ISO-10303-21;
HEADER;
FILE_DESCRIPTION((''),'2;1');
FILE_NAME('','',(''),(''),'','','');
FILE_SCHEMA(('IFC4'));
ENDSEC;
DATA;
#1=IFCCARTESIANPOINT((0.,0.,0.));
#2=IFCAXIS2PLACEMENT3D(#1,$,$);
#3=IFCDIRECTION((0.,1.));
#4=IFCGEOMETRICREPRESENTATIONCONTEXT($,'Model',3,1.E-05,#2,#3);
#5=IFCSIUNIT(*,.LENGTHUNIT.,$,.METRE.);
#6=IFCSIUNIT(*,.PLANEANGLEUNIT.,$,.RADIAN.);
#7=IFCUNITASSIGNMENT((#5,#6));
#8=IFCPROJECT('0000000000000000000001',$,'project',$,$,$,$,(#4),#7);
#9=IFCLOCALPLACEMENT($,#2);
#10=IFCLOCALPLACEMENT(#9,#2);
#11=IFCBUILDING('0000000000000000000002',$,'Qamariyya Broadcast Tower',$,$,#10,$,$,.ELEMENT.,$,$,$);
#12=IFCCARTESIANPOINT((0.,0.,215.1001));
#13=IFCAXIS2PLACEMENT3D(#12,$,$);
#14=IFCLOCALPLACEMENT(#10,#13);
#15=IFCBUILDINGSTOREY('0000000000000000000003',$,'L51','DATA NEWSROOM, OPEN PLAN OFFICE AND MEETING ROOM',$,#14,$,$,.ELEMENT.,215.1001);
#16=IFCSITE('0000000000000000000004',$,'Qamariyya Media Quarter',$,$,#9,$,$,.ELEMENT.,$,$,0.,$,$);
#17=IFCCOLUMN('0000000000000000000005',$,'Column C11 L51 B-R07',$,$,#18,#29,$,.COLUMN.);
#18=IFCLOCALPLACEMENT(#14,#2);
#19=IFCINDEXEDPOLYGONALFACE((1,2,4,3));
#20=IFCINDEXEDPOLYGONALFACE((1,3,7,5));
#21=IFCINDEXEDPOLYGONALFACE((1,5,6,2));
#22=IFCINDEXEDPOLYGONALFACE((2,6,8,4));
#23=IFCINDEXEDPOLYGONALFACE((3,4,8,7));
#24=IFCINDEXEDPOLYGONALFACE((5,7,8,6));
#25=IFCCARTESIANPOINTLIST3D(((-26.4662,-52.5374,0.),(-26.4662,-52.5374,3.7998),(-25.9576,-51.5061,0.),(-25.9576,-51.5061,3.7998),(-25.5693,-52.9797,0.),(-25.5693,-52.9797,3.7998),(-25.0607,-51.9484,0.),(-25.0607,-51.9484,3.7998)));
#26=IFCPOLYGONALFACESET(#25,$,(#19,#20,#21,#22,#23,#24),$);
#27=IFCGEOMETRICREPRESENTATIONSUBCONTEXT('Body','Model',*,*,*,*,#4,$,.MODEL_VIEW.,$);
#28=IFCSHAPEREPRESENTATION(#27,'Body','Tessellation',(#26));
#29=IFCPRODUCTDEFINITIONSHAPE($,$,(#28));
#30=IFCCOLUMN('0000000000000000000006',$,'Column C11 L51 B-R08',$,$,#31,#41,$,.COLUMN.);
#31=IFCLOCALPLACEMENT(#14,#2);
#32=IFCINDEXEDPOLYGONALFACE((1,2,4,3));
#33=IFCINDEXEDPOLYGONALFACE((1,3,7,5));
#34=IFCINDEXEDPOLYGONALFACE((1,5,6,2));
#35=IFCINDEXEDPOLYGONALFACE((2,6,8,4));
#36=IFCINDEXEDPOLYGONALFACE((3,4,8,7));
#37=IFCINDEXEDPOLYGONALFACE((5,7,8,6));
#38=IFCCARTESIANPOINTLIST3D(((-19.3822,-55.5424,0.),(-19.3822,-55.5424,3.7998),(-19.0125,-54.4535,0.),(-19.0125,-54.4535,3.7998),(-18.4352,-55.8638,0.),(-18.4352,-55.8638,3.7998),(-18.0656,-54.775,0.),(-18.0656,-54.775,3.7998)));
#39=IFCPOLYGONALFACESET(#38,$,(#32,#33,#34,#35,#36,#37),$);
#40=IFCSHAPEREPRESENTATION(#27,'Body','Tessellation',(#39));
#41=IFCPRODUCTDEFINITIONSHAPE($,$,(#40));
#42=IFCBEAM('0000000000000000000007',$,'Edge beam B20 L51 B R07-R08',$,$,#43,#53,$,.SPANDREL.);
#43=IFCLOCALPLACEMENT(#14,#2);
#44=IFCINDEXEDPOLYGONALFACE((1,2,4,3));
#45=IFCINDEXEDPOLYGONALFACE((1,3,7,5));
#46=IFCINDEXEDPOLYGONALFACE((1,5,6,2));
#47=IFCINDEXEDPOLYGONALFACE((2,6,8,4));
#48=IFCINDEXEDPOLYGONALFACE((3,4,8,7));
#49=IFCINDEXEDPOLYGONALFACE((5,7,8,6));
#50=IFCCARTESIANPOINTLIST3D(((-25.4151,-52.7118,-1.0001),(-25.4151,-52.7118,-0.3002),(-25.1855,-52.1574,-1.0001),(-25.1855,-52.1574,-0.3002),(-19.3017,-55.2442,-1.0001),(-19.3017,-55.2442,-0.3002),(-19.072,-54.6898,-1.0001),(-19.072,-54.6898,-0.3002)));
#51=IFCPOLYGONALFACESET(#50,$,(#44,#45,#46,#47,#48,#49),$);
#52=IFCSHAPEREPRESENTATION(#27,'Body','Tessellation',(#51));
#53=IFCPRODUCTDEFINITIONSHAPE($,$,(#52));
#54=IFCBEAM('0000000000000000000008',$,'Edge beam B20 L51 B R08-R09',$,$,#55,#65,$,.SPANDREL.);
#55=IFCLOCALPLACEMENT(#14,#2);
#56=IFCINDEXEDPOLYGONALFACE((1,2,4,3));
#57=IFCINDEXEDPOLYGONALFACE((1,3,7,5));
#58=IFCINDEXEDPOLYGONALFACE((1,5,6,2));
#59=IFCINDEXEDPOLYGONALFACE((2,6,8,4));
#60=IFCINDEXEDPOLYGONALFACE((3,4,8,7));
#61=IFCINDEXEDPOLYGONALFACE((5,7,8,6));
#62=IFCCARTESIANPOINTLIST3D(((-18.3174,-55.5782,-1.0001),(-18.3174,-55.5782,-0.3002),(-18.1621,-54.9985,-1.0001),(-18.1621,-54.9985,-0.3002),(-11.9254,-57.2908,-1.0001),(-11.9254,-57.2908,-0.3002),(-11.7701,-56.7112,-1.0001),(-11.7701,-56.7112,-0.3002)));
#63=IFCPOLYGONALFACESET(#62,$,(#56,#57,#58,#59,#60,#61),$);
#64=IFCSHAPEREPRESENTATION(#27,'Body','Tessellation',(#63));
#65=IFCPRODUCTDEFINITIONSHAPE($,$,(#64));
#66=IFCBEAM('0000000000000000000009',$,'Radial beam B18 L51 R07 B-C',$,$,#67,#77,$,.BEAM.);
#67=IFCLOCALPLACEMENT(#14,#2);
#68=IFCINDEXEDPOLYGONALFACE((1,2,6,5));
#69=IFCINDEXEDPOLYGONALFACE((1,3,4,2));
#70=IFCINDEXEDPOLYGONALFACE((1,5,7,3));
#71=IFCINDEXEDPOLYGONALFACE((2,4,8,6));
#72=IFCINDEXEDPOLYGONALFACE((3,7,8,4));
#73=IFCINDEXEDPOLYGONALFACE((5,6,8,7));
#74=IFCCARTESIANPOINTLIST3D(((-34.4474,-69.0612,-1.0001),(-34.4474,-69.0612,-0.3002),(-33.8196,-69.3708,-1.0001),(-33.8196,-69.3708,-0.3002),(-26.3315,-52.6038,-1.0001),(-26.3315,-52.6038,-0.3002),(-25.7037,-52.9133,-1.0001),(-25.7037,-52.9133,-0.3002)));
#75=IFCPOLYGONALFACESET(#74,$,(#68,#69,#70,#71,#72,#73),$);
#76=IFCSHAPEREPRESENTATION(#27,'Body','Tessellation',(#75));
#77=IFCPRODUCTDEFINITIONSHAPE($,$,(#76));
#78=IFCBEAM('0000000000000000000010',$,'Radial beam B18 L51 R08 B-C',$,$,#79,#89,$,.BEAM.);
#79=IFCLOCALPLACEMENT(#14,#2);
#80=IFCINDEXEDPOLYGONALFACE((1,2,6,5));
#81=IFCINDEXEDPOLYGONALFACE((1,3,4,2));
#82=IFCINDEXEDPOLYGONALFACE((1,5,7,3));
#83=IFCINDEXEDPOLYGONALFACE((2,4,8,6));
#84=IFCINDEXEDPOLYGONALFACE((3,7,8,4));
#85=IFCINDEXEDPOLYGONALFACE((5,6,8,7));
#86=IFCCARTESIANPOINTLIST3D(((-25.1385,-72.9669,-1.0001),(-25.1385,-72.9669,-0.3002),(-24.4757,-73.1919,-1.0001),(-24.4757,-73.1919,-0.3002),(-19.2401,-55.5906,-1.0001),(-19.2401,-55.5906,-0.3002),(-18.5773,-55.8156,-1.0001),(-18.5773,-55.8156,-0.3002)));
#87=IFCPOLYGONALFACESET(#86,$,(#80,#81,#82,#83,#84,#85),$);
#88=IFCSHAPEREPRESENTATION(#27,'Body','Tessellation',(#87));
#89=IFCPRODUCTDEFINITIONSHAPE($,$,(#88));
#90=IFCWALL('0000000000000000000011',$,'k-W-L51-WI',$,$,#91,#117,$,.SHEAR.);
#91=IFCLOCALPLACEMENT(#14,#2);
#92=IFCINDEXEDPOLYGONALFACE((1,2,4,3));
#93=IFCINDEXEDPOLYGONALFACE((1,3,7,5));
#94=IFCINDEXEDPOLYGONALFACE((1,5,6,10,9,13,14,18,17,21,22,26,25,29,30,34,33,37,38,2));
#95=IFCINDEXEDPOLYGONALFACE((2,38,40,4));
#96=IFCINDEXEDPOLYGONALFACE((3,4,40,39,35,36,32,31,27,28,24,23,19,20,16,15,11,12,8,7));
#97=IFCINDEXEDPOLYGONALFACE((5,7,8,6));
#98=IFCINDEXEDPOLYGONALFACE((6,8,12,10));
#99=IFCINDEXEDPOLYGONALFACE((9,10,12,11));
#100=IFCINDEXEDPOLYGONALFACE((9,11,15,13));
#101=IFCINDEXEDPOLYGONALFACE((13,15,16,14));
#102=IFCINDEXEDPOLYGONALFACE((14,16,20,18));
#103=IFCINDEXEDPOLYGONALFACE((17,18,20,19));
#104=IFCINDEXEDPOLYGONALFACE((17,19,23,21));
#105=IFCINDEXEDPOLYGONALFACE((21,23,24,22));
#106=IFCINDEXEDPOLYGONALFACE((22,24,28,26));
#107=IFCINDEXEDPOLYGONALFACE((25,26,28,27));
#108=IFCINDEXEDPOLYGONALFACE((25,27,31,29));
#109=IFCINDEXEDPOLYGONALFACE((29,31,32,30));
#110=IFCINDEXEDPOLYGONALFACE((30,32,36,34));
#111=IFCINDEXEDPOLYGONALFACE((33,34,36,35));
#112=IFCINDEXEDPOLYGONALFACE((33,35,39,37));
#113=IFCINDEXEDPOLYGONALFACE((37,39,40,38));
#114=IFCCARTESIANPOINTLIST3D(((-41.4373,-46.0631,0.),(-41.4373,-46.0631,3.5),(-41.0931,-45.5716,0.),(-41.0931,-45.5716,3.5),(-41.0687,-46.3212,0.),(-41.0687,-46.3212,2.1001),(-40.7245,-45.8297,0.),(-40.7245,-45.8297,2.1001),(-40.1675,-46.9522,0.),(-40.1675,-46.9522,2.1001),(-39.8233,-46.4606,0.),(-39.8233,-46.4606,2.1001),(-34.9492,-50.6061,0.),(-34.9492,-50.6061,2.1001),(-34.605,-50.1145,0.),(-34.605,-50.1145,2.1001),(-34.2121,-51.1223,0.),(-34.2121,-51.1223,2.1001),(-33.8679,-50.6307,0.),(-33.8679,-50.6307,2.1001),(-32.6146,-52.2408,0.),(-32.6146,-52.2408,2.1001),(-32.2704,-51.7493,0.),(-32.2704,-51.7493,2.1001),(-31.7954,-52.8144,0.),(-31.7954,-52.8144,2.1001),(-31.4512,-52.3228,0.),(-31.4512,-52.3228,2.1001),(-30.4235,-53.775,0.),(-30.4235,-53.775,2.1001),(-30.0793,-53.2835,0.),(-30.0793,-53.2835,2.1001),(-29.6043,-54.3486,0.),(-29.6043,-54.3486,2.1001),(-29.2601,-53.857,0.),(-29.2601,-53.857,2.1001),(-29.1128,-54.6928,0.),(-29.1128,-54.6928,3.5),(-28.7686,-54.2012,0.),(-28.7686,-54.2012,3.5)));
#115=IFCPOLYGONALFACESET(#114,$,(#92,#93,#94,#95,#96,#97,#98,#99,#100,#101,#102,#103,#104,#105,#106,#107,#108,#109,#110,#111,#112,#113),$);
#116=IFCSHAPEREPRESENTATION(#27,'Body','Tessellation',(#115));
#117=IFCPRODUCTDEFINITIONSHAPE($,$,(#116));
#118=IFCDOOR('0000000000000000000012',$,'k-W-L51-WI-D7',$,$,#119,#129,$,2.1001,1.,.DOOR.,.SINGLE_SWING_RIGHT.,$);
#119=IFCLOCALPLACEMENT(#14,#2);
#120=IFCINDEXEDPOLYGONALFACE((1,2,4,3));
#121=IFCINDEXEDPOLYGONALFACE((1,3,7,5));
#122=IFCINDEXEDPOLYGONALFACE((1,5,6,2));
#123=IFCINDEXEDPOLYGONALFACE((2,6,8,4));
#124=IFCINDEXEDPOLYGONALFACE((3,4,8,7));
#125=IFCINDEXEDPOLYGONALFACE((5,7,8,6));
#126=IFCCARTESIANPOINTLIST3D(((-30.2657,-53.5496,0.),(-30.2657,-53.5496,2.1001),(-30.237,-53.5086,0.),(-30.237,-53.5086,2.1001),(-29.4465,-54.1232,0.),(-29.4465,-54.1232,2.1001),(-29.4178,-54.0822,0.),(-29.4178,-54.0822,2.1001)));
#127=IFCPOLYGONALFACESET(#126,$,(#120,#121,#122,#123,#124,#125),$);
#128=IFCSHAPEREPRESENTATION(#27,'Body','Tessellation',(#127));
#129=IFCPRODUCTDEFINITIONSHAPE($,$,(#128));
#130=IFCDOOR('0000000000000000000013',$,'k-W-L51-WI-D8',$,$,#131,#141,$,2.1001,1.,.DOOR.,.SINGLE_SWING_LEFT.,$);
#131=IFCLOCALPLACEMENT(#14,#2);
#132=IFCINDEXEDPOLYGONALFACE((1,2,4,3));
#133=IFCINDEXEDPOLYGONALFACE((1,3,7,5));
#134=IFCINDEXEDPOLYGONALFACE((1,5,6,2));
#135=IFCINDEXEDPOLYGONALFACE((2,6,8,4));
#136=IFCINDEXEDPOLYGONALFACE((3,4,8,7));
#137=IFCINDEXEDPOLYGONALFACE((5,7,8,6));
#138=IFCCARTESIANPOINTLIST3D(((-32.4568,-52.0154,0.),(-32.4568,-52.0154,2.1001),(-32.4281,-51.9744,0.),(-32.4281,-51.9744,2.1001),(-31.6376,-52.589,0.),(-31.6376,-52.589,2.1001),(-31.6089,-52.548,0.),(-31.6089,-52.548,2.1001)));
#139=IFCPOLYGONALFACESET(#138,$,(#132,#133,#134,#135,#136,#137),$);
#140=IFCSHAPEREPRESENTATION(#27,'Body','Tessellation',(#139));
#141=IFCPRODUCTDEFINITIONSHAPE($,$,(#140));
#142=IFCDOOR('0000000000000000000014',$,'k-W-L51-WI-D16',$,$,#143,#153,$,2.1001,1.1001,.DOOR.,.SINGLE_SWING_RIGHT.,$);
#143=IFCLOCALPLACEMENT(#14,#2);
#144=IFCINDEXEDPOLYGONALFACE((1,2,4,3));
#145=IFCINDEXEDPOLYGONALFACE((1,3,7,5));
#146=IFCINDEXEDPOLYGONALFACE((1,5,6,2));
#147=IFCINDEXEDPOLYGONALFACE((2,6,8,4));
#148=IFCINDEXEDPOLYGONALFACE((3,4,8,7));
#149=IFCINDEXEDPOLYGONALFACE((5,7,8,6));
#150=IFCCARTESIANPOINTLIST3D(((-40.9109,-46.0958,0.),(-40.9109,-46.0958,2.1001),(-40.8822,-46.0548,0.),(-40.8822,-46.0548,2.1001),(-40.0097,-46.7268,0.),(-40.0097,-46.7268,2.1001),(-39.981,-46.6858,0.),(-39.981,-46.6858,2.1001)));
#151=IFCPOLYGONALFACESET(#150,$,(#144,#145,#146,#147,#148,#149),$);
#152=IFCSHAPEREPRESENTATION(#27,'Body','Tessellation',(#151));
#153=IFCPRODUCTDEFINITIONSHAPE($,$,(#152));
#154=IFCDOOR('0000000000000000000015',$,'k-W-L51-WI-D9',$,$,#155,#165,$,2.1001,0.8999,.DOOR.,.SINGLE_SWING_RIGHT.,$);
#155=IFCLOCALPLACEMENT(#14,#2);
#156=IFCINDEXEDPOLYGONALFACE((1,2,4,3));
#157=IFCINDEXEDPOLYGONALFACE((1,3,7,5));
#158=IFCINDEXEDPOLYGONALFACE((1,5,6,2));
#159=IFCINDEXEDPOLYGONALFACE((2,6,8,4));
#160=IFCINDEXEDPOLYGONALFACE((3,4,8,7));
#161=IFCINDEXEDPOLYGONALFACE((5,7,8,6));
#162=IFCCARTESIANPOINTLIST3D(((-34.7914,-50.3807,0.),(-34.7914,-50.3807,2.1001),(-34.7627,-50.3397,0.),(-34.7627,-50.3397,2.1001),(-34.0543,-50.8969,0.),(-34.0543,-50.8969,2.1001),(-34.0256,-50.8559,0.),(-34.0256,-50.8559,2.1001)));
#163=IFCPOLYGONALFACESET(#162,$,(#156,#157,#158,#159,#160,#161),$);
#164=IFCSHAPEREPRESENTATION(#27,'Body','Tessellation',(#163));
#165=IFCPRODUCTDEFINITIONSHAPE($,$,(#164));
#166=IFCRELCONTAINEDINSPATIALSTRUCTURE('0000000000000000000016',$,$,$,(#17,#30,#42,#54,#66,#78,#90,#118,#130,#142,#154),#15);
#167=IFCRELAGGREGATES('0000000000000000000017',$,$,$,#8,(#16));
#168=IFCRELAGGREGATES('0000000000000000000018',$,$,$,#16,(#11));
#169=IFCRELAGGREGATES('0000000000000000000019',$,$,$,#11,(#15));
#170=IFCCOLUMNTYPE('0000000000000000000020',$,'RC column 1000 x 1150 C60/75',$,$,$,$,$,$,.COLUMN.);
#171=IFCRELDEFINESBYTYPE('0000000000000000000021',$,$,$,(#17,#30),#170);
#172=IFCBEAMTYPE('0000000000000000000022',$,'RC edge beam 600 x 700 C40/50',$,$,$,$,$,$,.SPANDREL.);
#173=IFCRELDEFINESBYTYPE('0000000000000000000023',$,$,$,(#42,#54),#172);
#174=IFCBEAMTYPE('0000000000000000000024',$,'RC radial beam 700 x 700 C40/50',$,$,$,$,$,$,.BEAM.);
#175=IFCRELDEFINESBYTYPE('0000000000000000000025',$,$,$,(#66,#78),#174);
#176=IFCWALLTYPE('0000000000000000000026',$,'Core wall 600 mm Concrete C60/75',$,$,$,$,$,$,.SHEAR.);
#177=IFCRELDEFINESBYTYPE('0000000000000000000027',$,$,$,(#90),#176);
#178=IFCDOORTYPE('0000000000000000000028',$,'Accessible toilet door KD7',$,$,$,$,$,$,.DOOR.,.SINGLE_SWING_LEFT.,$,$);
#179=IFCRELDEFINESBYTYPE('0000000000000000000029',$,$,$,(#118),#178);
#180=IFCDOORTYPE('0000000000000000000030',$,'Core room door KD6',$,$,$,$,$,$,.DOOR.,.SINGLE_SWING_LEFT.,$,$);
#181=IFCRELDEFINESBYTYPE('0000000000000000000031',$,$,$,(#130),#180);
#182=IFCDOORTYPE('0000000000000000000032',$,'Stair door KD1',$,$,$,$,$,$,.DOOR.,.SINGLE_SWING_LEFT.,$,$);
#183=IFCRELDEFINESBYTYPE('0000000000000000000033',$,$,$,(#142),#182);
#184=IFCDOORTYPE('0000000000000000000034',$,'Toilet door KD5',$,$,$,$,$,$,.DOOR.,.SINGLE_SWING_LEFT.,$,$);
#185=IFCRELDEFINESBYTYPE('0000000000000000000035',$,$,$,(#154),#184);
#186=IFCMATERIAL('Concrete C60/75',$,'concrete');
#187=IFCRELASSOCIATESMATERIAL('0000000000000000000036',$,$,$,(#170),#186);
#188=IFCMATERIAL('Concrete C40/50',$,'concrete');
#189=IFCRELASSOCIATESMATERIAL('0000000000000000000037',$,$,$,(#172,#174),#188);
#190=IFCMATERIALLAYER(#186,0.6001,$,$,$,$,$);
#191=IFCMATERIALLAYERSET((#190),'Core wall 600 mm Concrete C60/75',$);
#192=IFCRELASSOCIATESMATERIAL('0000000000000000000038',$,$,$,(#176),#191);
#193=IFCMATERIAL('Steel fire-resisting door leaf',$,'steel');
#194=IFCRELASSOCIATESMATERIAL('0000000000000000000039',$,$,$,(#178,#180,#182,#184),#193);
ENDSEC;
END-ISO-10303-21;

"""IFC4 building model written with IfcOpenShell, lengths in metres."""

from ifc_helpers import new_model, si_unit, direction, frame, frame_2d, origin, origin_2d, place, context, subcontext, project, spatial, rectangle, extrude, material, layer, layer_set, material_profile, profile_set, type_object, element, fill, save


model = new_model("IFC4")

# Units and contexts
model_context = context("Model", 3, precision=1e-05, world=origin(), true_north=direction((0.0, 1.0)))
body_context = subcontext(model_context, "Body", "Model", "MODEL_VIEW")
ifc_project = project(units=[si_unit("LENGTHUNIT", "METRE"), si_unit("PLANEANGLEUNIT", "RADIAN")], contexts=[model_context])

# Site, building, storey
site_placement = place(None, origin())
site = spatial("IfcSite", under=ifc_project, at=site_placement, Name="Qamariyya Media Quarter", CompositionType="ELEMENT", RefElevation=0.0)
building_placement = place(site_placement, origin())
building = spatial("IfcBuilding", under=site, at=building_placement, Name="Qamariyya Broadcast Tower", CompositionType="ELEMENT")
storey_placement = place(building_placement, frame((0.0, 0.0, 215.1001)))
storey = spatial("IfcBuildingStorey", under=building, at=storey_placement, Name="L51", Description="DATA NEWSROOM, OPEN PLAN OFFICE AND MEETING ROOM", CompositionType="ELEMENT", Elevation=215.1001)

# Columns
ifc_material_1 = material(Name="Concrete C60/75", Category="concrete")
ifc_material_profile_1 = material_profile(ifc_material_1, rectangle(XDim=1.0, YDim=1.1499, at=origin_2d()))
ifc_profile_set_1 = profile_set([ifc_material_profile_1], Name="Concrete C60/75")
column_type = type_object("IfcColumnType", Name="RC column 1000 x 1150 C60/75", PredefinedType="COLUMN", material=ifc_profile_set_1)
for number, where, z_axis, x_axis, name in (
    (1, (-25.7634, -52.2429, 0.0), (0.0, 0.0, 1.0), (0.896873, -0.442289, 0.0), "Column C11 L51 B-R07"),
    (2, (-18.7239, -55.1587, 0.0), (0.0, 0.0, 1.0), (0.94693, -0.321439, 0.0), "Column C11 L51 B-R08"),
):
    element("IfcColumn", number, at=place(storey_placement, frame(where, z_axis=z_axis, x_axis=x_axis)), inside=storey, type_object=column_type, Name=name, PredefinedType="COLUMN", context=body_context, shape_type="SweptSolid", body=[
        extrude(rectangle(XDim=1.0, YDim=1.1499, at=origin_2d()), origin(), (0.0, 0.0, 1.0), 3.7998),
    ])

# Beams
ifc_material_2 = material(Name="Concrete C40/50", Category="concrete")
ifc_material_profile_2 = material_profile(ifc_material_2, rectangle(XDim=0.6001, YDim=0.7, at=origin_2d()))
ifc_profile_set_2 = profile_set([ifc_material_profile_2], Name="Concrete C40/50")
beam_type_1 = type_object("IfcBeamType", Name="RC edge beam 600 x 700 C40/50", PredefinedType="SPANDREL", material=ifc_profile_set_2)
beam_1_placement = place(storey_placement, frame((-25.3003, -52.4346, -0.6501), z_axis=(0.923871, -0.382705, 0.0), x_axis=(0.382705, 0.923871, 0.0)))
element("IfcBeam", 3, at=beam_1_placement, inside=storey, type_object=beam_type_1, Name="Edge beam B20 L51 B R07-R08", PredefinedType="SPANDREL", context=body_context, shape_type="SweptSolid", body=[
    extrude(rectangle(XDim=0.6001, YDim=0.7, at=origin_2d()), origin(), (0.0, 0.0, 1.0), 6.6172),
])
beam_2_placement = place(storey_placement, frame((-18.2397, -55.2883, -0.6501), z_axis=(0.965927, -0.258813, 0.0), x_axis=(0.258813, 0.965927, 0.0)))
element("IfcBeam", 4, at=beam_2_placement, inside=storey, type_object=beam_type_1, Name="Edge beam B20 L51 B R08-R09", PredefinedType="SPANDREL", context=body_context, shape_type="SweptSolid", body=[
    extrude(rectangle(XDim=0.6001, YDim=0.7, at=origin_2d()), origin(), (0.0, 0.0, 1.0), 6.6174),
])
ifc_material_profile_3 = material_profile(ifc_material_2, rectangle(XDim=0.7, YDim=0.7, at=origin_2d()))
ifc_profile_set_3 = profile_set([ifc_material_profile_3], Name="Concrete C40/50")
beam_type_2 = type_object("IfcBeamType", Name="RC radial beam 700 x 700 C40/50", PredefinedType="BEAM", material=ifc_profile_set_3)
beam_3_placement = place(storey_placement, frame((-26.0176, -52.7585, -0.6501), z_axis=(-0.442289, -0.896872, 0.0), x_axis=(0.896872, -0.442289, 0.0)))
element("IfcBeam", 5, at=beam_3_placement, inside=storey, type_object=beam_type_2, Name="Radial beam B18 L51 R07 B-C", PredefinedType="BEAM", context=body_context, shape_type="SweptSolid", body=[
    extrude(rectangle(XDim=0.7, YDim=0.7, at=origin_2d()), origin(), (0.0, 0.0, 1.0), 18.3499),
])
beam_4_placement = place(storey_placement, frame((-18.9087, -55.7031, -0.6501), z_axis=(-0.32144, -0.94693, 0.0), x_axis=(0.94693, -0.32144, 0.0)))
element("IfcBeam", 6, at=beam_4_placement, inside=storey, type_object=beam_type_2, Name="Radial beam B18 L51 R08 B-C", PredefinedType="BEAM", context=body_context, shape_type="SweptSolid", body=[
    extrude(rectangle(XDim=0.7, YDim=0.7, at=origin_2d()), origin(), (0.0, 0.0, 1.0), 18.3501),
])

# Wall, openings, doors
ifc_layer_1 = layer(ifc_material_1, 0.6001)
ifc_layer_set_1 = layer_set([ifc_layer_1], Name="Core wall 600 mm Concrete C60/75")
wall_type_1 = type_object("IfcWallType", Name="Core wall 600 mm Concrete C60/75", PredefinedType="SHEAR", material=ifc_layer_set_1)
wall_1_placement = place(storey_placement, frame((-28.9407, -54.447, 0.0), z_axis=(0.0, 0.0, 1.0), x_axis=(-0.819153, 0.573575, 0.0)))
wall_1 = element("IfcWall", 7, at=wall_1_placement, inside=storey, type_object=wall_type_1, Name="k-W-L51-WI", PredefinedType="SHEAR", context=body_context, shape_type="SweptSolid", body=[
    extrude(rectangle(XDim=15.0454, YDim=0.6001, at=frame_2d((7.5227, 0.0))), origin(), (0.0, 0.0, 1.0), 3.5),
])
opening_1_placement = place(wall_1_placement, frame((0.6001, 0.0, 0.0)))
opening_1 = element("IfcOpeningElement", 8, at=opening_1_placement, cuts=wall_1, PredefinedType="OPENING", context=body_context, shape_type="SweptSolid", body=[
    extrude(rectangle(XDim=1.0, YDim=2.1001, at=frame_2d((0.5, 1.05))), frame((0.0, 0.3101, 0.0), z_axis=(0.0, -1.0, 0.0), x_axis=(1.0, 0.0, 0.0)), (0.0, 0.0, 1.0), 0.6201),
])
opening_2_placement = place(wall_1_placement, frame((3.2749, 0.0, 0.0)))
opening_2 = element("IfcOpeningElement", 9, at=opening_2_placement, cuts=wall_1, PredefinedType="OPENING", context=body_context, shape_type="SweptSolid", body=[
    extrude(rectangle(XDim=1.0, YDim=2.1001, at=frame_2d((0.5, 1.05))), frame((0.0, 0.3101, 0.0), z_axis=(0.0, -1.0, 0.0), x_axis=(1.0, 0.0, 0.0)), (0.0, 0.0, 1.0), 0.6201),
])
opening_3_placement = place(wall_1_placement, frame((6.2251, 0.0, 0.0)))
opening_3 = element("IfcOpeningElement", 10, at=opening_3_placement, cuts=wall_1, PredefinedType="OPENING", context=body_context, shape_type="SweptSolid", body=[
    extrude(rectangle(XDim=0.8999, YDim=2.1001, at=frame_2d((0.45, 1.05))), frame((0.0, 0.3101, 0.0), z_axis=(0.0, -1.0, 0.0), x_axis=(1.0, 0.0, 0.0)), (0.0, 0.0, 1.0), 0.6201),
])
opening_4_placement = place(wall_1_placement, frame((13.4954, 0.0, 0.0)))
opening_4 = element("IfcOpeningElement", 11, at=opening_4_placement, cuts=wall_1, PredefinedType="OPENING", context=body_context, shape_type="SweptSolid", body=[
    extrude(rectangle(XDim=1.1001, YDim=2.1001, at=frame_2d((0.55, 1.05))), frame((0.0, 0.3101, 0.0), z_axis=(0.0, -1.0, 0.0), x_axis=(1.0, 0.0, 0.0)), (0.0, 0.0, 1.0), 0.6201),
])
ifc_material_3 = material(Name="Steel fire-resisting door leaf", Category="steel")
door_type_1 = type_object("IfcDoorType", Name="Accessible toilet door KD7", OperationType="SINGLE_SWING_LEFT", PredefinedType="DOOR", material=ifc_material_3)
door_1_placement = place(opening_1_placement, origin())
door_1 = element("IfcDoor", 12, at=door_1_placement, inside=storey, type_object=door_type_1, Name="k-W-L51-WI-D7", OperationType="SINGLE_SWING_RIGHT", OverallHeight=2.1001, OverallWidth=1.0, PredefinedType="DOOR", context=body_context, shape_type="SweptSolid", body=[
    extrude(rectangle(XDim=1.0, YDim=2.1001, at=frame_2d((0.5, 1.05))), frame((0.0, 0.0249, 0.0), z_axis=(0.0, -1.0, 0.0), x_axis=(1.0, 0.0, 0.0)), (0.0, 0.0, 1.0), 0.05),
])
fill(opening_1, door_1)
door_type_2 = type_object("IfcDoorType", Name="Core room door KD6", OperationType="SINGLE_SWING_LEFT", PredefinedType="DOOR", material=ifc_material_3)
door_2_placement = place(opening_2_placement, origin())
door_2 = element("IfcDoor", 13, at=door_2_placement, inside=storey, type_object=door_type_2, Name="k-W-L51-WI-D8", OperationType="SINGLE_SWING_LEFT", OverallHeight=2.1001, OverallWidth=1.0, PredefinedType="DOOR", context=body_context, shape_type="SweptSolid", body=[
    extrude(rectangle(XDim=1.0, YDim=2.1001, at=frame_2d((0.5, 1.05))), frame((0.0, 0.0249, 0.0), z_axis=(0.0, -1.0, 0.0), x_axis=(1.0, 0.0, 0.0)), (0.0, 0.0, 1.0), 0.05),
])
fill(opening_2, door_2)
door_type_3 = type_object("IfcDoorType", Name="Stair door KD1", OperationType="SINGLE_SWING_LEFT", PredefinedType="DOOR", material=ifc_material_3)
door_3_placement = place(opening_4_placement, origin())
door_3 = element("IfcDoor", 14, at=door_3_placement, inside=storey, type_object=door_type_3, Name="k-W-L51-WI-D16", OperationType="SINGLE_SWING_RIGHT", OverallHeight=2.1001, OverallWidth=1.1001, PredefinedType="DOOR", context=body_context, shape_type="SweptSolid", body=[
    extrude(rectangle(XDim=1.1001, YDim=2.1001, at=frame_2d((0.55, 1.05))), frame((0.0, 0.0249, 0.0), z_axis=(0.0, -1.0, 0.0), x_axis=(1.0, 0.0, 0.0)), (0.0, 0.0, 1.0), 0.05),
])
fill(opening_4, door_3)
door_type_4 = type_object("IfcDoorType", Name="Toilet door KD5", OperationType="SINGLE_SWING_LEFT", PredefinedType="DOOR", material=ifc_material_3)
door_4_placement = place(opening_3_placement, origin())
door_4 = element("IfcDoor", 15, at=door_4_placement, inside=storey, type_object=door_type_4, Name="k-W-L51-WI-D9", OperationType="SINGLE_SWING_RIGHT", OverallHeight=2.1001, OverallWidth=0.8999, PredefinedType="DOOR", context=body_context, shape_type="SweptSolid", body=[
    extrude(rectangle(XDim=0.8999, YDim=2.1001, at=frame_2d((0.45, 1.05))), frame((0.0, 0.0249, 0.0), z_axis=(0.0, -1.0, 0.0), x_axis=(1.0, 0.0, 0.0)), (0.0, 0.0, 1.0), 0.05),
])
fill(opening_3, door_4)

save(model, "model.ifc")
